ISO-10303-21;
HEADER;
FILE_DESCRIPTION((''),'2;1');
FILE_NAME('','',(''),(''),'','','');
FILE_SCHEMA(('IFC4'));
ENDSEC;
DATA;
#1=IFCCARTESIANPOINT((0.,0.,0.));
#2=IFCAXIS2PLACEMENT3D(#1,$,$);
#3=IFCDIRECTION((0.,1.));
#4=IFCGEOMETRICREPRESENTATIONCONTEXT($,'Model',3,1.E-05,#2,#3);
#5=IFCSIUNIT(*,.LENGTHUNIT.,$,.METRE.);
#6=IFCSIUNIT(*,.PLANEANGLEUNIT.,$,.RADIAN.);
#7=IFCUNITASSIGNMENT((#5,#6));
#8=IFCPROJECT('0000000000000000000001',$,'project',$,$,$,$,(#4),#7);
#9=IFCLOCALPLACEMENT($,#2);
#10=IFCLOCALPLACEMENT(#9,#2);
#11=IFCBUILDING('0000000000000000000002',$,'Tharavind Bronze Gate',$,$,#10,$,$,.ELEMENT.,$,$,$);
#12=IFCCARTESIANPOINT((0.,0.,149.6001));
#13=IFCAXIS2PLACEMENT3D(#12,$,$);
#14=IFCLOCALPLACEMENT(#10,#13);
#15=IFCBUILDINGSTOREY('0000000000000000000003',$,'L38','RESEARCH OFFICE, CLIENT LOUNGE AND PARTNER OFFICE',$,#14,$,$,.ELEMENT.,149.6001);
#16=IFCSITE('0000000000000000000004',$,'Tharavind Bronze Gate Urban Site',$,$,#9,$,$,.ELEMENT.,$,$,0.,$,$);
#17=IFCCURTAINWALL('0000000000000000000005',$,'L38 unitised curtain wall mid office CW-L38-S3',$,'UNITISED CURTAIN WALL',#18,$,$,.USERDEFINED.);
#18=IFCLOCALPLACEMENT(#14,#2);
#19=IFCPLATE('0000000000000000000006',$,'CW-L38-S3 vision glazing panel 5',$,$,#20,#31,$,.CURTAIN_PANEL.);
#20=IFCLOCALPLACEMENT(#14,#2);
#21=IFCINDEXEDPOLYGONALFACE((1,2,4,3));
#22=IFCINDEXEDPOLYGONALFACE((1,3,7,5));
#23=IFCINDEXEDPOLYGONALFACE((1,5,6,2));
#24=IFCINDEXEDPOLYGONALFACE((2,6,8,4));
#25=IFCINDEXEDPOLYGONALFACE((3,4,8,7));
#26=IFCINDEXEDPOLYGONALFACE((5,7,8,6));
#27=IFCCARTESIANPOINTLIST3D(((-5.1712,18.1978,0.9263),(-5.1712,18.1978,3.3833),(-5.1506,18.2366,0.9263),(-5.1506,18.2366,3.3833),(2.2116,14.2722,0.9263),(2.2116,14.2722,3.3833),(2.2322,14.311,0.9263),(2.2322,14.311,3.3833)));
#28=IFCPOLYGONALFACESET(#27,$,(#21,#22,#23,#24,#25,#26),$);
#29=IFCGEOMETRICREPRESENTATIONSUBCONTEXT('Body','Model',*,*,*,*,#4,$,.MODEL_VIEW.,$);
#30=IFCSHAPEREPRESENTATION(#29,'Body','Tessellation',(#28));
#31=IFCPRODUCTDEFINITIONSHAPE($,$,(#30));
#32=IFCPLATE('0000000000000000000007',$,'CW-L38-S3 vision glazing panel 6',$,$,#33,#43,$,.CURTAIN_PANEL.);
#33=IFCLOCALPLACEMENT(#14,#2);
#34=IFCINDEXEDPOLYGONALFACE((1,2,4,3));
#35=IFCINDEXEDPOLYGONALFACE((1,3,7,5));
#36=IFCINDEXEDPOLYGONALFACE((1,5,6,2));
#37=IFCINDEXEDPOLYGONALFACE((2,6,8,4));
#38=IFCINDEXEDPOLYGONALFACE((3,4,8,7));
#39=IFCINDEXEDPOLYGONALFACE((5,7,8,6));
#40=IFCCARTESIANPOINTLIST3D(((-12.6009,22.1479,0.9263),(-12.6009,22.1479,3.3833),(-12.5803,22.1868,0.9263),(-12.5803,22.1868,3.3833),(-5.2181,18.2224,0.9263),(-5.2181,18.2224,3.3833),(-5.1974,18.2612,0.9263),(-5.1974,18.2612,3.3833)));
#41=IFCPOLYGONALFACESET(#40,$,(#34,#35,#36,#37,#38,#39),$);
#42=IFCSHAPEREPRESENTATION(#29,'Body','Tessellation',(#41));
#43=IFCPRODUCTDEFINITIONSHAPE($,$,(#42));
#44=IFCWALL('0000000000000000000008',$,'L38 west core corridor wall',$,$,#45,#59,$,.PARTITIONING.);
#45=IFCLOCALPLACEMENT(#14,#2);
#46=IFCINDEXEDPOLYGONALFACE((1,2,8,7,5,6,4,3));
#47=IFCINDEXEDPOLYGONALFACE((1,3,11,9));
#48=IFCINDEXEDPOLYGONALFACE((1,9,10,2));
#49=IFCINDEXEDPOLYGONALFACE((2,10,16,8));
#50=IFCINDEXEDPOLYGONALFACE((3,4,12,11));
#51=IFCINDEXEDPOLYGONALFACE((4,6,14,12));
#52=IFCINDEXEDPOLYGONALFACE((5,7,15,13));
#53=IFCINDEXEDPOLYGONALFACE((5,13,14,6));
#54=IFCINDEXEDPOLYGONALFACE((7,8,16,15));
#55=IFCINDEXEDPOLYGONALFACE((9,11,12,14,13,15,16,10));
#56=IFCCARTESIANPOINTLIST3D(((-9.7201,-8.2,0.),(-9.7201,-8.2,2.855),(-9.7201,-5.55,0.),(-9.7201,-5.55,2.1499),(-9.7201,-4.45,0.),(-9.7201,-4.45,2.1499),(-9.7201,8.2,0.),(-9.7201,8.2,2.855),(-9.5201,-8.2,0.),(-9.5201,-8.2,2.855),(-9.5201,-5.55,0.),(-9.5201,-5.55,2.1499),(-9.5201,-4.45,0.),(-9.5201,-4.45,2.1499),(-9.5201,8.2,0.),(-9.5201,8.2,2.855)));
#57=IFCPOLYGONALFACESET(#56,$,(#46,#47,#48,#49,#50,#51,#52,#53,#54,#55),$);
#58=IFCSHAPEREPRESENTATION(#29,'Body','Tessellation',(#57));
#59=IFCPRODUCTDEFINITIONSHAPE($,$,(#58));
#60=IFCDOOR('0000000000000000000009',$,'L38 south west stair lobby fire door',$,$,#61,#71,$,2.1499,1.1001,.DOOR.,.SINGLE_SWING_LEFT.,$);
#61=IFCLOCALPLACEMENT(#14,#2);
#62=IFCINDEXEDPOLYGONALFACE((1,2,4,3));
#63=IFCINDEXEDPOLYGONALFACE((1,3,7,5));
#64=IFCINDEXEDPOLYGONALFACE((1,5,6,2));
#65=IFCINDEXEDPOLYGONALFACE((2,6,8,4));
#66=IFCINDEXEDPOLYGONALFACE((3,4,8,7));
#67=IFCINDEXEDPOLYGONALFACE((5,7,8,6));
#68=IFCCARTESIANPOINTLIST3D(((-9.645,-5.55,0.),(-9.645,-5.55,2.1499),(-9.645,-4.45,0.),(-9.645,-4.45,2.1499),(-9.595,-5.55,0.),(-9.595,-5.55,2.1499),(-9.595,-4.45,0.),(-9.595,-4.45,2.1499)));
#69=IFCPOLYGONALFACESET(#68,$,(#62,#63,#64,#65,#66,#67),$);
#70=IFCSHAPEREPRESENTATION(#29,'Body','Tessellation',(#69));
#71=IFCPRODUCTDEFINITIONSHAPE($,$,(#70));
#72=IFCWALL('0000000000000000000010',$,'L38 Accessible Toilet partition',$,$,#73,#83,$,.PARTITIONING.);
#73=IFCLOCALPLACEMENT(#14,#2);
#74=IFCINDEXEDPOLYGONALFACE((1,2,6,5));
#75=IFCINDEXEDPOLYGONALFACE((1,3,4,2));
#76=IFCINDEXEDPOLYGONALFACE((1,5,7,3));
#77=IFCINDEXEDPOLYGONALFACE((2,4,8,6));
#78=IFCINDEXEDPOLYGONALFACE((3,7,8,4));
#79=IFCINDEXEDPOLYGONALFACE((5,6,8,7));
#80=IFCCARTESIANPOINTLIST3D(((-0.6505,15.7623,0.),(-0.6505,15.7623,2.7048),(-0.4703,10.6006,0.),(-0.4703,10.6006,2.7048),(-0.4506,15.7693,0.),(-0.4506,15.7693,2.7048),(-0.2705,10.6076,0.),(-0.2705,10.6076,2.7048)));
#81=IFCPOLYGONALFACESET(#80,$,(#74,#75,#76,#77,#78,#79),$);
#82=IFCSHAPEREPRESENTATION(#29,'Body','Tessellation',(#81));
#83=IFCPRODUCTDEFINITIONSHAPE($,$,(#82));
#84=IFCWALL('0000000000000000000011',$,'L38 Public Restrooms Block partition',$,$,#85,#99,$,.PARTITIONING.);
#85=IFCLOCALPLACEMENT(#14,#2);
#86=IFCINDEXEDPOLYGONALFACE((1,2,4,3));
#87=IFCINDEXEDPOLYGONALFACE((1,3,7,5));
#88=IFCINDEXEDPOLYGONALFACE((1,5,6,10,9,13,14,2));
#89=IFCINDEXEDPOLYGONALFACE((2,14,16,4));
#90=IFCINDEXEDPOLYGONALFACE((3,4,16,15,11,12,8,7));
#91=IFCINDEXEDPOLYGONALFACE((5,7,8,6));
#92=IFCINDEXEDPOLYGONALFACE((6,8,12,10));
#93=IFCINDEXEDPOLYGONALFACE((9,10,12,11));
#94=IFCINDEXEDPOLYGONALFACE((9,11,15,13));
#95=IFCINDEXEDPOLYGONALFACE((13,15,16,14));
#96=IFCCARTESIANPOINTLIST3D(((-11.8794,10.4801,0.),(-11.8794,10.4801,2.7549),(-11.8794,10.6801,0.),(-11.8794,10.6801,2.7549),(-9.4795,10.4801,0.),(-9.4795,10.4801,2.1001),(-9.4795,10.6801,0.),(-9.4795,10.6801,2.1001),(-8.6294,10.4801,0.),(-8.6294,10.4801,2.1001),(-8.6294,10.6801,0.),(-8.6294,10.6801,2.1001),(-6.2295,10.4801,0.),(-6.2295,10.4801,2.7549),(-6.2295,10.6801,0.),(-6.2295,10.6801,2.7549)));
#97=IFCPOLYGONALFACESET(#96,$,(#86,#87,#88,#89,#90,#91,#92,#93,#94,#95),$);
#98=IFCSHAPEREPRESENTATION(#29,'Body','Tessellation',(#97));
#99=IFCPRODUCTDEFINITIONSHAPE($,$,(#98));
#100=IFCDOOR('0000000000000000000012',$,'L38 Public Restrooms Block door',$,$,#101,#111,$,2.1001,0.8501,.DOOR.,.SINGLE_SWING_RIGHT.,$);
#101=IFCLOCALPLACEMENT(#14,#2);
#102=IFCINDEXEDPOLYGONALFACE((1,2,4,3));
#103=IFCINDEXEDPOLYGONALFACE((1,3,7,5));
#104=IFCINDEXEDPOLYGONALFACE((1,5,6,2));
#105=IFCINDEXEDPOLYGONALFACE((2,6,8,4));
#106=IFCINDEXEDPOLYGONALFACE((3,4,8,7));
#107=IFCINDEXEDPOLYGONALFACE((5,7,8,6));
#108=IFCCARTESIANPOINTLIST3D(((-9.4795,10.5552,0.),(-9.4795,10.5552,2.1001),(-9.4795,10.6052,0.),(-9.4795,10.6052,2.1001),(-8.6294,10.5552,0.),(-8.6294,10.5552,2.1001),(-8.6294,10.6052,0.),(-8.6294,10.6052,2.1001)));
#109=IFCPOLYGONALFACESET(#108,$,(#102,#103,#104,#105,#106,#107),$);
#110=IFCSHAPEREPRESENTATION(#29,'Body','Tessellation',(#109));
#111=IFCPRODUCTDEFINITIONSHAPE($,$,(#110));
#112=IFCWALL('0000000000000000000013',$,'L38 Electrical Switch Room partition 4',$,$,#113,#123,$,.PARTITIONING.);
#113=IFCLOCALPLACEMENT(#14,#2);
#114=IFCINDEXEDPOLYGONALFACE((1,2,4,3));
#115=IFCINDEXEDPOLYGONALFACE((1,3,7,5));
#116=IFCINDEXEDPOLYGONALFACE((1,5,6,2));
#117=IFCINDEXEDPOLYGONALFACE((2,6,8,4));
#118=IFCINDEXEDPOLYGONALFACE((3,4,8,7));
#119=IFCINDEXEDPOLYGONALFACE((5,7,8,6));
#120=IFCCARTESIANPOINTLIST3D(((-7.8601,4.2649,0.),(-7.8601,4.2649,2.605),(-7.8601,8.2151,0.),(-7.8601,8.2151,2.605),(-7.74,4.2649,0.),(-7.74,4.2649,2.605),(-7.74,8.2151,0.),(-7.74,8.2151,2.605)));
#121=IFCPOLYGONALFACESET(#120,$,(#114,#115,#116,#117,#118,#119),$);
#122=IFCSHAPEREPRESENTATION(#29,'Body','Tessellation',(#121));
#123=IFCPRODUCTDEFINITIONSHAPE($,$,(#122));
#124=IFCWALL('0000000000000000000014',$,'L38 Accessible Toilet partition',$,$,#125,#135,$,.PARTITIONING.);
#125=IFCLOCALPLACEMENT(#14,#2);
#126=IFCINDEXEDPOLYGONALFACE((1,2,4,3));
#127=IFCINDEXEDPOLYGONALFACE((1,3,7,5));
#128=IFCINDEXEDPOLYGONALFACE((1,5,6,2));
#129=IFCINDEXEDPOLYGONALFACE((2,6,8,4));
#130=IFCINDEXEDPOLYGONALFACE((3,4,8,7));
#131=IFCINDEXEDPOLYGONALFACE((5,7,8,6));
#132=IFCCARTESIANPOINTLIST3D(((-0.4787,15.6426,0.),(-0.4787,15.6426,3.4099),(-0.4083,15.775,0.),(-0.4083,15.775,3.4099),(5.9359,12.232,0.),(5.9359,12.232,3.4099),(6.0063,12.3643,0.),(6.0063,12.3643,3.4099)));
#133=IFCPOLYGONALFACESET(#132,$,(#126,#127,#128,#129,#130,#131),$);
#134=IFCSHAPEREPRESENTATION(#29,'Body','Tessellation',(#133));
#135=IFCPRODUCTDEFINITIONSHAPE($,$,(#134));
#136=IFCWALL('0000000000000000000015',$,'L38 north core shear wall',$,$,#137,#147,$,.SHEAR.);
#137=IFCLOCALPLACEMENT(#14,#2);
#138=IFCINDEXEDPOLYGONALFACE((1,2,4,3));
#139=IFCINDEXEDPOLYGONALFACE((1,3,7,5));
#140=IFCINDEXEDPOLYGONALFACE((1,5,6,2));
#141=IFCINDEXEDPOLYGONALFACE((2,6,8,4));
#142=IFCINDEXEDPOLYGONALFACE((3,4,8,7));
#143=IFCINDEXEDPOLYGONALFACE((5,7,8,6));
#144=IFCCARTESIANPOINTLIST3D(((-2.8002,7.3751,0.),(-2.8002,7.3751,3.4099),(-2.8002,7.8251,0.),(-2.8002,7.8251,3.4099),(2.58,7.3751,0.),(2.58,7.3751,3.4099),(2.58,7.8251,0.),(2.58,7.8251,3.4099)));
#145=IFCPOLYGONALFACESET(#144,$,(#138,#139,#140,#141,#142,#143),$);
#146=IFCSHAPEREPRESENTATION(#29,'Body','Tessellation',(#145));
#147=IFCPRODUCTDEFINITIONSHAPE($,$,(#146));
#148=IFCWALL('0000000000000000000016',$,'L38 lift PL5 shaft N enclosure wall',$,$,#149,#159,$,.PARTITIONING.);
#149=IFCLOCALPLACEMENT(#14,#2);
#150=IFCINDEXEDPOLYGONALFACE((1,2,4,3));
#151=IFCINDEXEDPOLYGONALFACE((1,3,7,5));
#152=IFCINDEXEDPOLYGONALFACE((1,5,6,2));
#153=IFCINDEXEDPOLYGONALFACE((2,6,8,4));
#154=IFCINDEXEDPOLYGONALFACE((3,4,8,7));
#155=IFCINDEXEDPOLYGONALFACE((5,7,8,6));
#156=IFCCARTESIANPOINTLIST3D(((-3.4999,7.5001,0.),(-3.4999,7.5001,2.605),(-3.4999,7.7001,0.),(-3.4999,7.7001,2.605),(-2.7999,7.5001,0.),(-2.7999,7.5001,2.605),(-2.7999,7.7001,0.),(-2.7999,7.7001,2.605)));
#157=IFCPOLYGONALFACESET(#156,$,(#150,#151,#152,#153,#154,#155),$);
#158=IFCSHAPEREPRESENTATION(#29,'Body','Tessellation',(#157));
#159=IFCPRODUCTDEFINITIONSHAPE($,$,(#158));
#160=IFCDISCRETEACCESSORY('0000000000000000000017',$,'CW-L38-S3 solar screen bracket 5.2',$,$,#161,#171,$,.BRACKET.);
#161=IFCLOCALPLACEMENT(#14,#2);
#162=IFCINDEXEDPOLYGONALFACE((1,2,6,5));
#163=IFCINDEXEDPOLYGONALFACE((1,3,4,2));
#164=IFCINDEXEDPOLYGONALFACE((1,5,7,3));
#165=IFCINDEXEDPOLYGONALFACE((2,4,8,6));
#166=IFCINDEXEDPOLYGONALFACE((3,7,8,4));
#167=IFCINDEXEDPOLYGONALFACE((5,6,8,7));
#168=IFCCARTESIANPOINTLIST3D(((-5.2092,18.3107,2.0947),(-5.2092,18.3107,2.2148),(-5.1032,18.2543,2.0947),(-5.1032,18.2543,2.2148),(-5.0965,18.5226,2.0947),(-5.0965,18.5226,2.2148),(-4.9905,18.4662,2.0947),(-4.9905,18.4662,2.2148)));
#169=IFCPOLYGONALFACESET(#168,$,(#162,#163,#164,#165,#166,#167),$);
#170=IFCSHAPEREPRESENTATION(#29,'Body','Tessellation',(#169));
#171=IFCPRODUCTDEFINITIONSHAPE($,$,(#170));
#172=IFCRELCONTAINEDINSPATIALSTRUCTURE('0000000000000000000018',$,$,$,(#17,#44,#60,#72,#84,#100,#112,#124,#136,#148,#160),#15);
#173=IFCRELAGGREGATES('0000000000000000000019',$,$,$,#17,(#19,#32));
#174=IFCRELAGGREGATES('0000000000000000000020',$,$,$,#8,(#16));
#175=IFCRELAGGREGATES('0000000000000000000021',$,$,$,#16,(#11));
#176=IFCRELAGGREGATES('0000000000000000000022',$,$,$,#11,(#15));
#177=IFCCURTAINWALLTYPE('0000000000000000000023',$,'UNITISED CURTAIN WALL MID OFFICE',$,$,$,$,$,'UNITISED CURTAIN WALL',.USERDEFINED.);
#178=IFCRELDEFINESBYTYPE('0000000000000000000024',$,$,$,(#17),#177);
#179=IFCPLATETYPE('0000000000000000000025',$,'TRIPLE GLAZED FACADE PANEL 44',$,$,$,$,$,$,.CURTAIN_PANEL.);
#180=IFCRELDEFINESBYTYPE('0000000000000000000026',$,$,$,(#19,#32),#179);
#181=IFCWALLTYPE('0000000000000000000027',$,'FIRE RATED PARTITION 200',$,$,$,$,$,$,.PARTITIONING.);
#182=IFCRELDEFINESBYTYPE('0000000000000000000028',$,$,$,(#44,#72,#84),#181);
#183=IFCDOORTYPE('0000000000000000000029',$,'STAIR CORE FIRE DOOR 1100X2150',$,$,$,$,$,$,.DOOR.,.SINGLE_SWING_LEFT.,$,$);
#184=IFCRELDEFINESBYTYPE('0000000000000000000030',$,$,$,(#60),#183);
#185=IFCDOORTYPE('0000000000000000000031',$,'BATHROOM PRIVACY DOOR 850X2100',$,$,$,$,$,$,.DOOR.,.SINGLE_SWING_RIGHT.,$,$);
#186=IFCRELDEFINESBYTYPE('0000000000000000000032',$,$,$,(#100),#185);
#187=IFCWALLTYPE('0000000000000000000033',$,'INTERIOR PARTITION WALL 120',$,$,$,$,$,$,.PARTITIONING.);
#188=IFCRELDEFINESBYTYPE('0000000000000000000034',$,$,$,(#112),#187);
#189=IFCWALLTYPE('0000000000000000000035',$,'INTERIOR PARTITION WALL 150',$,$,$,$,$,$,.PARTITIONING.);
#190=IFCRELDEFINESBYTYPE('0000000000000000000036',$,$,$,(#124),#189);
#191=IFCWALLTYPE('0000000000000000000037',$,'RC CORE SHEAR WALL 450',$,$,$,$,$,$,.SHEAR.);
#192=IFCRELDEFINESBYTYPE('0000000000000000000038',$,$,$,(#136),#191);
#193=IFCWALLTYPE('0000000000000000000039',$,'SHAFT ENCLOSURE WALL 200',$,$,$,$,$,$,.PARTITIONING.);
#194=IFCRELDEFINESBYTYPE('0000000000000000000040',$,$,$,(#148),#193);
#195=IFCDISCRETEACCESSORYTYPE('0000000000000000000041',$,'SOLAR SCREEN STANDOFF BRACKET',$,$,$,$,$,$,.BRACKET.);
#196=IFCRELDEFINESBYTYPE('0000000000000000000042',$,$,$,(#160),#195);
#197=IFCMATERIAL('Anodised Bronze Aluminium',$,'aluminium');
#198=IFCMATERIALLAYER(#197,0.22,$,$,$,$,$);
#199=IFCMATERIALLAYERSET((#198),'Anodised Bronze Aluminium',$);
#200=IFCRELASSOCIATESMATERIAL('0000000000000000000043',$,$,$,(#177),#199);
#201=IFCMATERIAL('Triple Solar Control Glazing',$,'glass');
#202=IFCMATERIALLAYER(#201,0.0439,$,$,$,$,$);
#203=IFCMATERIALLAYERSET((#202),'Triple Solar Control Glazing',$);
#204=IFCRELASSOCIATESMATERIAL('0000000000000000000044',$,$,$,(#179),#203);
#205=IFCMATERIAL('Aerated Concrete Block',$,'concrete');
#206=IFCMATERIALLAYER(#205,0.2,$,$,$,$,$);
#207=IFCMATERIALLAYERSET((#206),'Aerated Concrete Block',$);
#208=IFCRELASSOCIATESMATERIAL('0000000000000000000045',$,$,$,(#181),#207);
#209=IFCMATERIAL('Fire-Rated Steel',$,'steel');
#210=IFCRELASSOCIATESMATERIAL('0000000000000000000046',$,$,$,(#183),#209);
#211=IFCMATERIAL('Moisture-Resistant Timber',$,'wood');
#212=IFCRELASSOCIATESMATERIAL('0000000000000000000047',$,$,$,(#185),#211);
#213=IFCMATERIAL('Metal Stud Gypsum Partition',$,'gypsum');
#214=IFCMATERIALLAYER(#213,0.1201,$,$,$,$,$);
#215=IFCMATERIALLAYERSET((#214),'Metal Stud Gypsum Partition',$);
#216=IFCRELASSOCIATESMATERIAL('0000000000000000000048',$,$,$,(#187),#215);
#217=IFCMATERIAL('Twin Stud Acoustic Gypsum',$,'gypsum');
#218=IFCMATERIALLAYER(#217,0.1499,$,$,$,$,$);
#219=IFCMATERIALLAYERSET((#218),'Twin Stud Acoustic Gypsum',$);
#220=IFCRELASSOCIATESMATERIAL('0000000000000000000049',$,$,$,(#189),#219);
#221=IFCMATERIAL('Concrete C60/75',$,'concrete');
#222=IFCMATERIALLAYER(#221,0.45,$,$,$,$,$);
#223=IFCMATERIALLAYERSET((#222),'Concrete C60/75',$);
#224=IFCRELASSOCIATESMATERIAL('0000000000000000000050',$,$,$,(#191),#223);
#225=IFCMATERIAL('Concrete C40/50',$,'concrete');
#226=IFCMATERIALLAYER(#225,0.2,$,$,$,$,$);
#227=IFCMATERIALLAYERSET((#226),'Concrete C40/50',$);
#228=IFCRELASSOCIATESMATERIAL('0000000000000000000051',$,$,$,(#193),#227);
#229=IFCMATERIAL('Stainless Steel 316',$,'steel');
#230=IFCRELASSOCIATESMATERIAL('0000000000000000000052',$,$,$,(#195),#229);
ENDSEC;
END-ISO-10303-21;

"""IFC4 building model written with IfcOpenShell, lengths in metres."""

from ifc_helpers import new_model, si_unit, direction, frame, frame_2d, origin, origin_2d, place, context, subcontext, project, spatial, rectangle, extrude, material, layer, layer_set, type_object, element, fill, aggregate, save


model = new_model("IFC4")

# Units and contexts
model_context = context("Model", 3, precision=1e-05, world=origin(), true_north=direction((0.0, 1.0)))
body_context = subcontext(model_context, "Body", "Model", "MODEL_VIEW")
ifc_project = project(units=[si_unit("LENGTHUNIT", "METRE"), si_unit("PLANEANGLEUNIT", "RADIAN")], contexts=[model_context])

# Site, building, storey
site_placement = place(None, origin())
site = spatial("IfcSite", under=ifc_project, at=site_placement, Name="Tharavind Bronze Gate Urban Site", CompositionType="ELEMENT", RefElevation=0.0)
building_placement = place(site_placement, origin())
building = spatial("IfcBuilding", under=site, at=building_placement, Name="Tharavind Bronze Gate", CompositionType="ELEMENT")
storey_placement = place(building_placement, frame((0.0, 0.0, 149.6001)))
storey = spatial("IfcBuildingStorey", under=building, at=storey_placement, Name="L38", Description="RESEARCH OFFICE, CLIENT LOUNGE AND PARTNER OFFICE", CompositionType="ELEMENT", Elevation=149.6001)

# Curtain wall
ifc_material_1 = material(Name="Anodised Bronze Aluminium", Category="aluminium")
ifc_layer_1 = layer(ifc_material_1, 0.22)
ifc_layer_set_1 = layer_set([ifc_layer_1], Name="Anodised Bronze Aluminium")
curtain_wall_type = type_object("IfcCurtainWallType", Name="UNITISED CURTAIN WALL MID OFFICE", ElementType="UNITISED CURTAIN WALL", PredefinedType="USERDEFINED", material=ifc_layer_set_1)
curtain_wall_placement = place(storey_placement, origin())
curtain_wall = element("IfcCurtainWall", 1, at=curtain_wall_placement, inside=storey, type_object=curtain_wall_type, Name="L38 unitised curtain wall mid office CW-L38-S3", ObjectType="UNITISED CURTAIN WALL", PredefinedType="USERDEFINED")

# Plates
ifc_material_2 = material(Name="Triple Solar Control Glazing", Category="glass")
ifc_layer_2 = layer(ifc_material_2, 0.0439)
ifc_layer_set_2 = layer_set([ifc_layer_2], Name="Triple Solar Control Glazing")
plate_type_1 = type_object("IfcPlateType", Name="TRIPLE GLAZED FACADE PANEL 44", PredefinedType="CURTAIN_PANEL", material=ifc_layer_set_2)
plate_1_placement = place(storey_placement, frame((-1.4695, 16.2544, 0.9263), z_axis=(0.0, 0.0, 1.0), x_axis=(-0.882948, 0.469472, 0.0)))
plate_1 = element("IfcPlate", 2, at=plate_1_placement, type_object=plate_type_1, Name="CW-L38-S3 vision glazing panel 5", PredefinedType="CURTAIN_PANEL", context=body_context, shape_type="SweptSolid", body=[
    extrude(rectangle(XDim=8.3616, YDim=0.0439, at=origin_2d()), origin(), (0.0, 0.0, 1.0), 2.457),
])
plate_2_placement = place(storey_placement, frame((-8.8992, 20.2046, 0.9263), z_axis=(0.0, 0.0, 1.0), x_axis=(-0.882948, 0.469472, 0.0)))
plate_2 = element("IfcPlate", 3, at=plate_2_placement, type_object=plate_type_1, Name="CW-L38-S3 vision glazing panel 6", PredefinedType="CURTAIN_PANEL", context=body_context, shape_type="SweptSolid", body=[
    extrude(rectangle(XDim=8.3616, YDim=0.0439, at=origin_2d()), origin(), (0.0, 0.0, 1.0), 2.457),
])
aggregate(curtain_wall, [plate_1, plate_2])

# Wall, opening, door
ifc_material_3 = material(Name="Aerated Concrete Block", Category="concrete")
ifc_layer_3 = layer(ifc_material_3, 0.2)
ifc_layer_set_3 = layer_set([ifc_layer_3], Name="Aerated Concrete Block")
wall_type_1 = type_object("IfcWallType", Name="FIRE RATED PARTITION 200", PredefinedType="PARTITIONING", material=ifc_layer_set_3)
wall_1_placement = place(storey_placement, frame((-9.6201, 8.2, 0.0), z_axis=(0.0, 0.0, 1.0), x_axis=(0.0, -1.0, 0.0)))
wall_1 = element("IfcWall", 4, at=wall_1_placement, inside=storey, type_object=wall_type_1, Name="L38 west core corridor wall", PredefinedType="PARTITIONING", context=body_context, shape_type="SweptSolid", body=[
    extrude(rectangle(XDim=16.3999, YDim=0.2, at=frame_2d((8.2, 0.0))), origin(), (0.0, 0.0, 1.0), 2.855),
])
opening_1_placement = place(wall_1_placement, frame((12.6499, 0.0, 0.0)))
opening_1 = element("IfcOpeningElement", 5, at=opening_1_placement, cuts=wall_1, PredefinedType="OPENING", context=body_context, shape_type="SweptSolid", body=[
    extrude(rectangle(XDim=1.1001, YDim=2.1499, at=frame_2d((0.55, 1.075))), frame((0.0, 0.1101, 0.0), z_axis=(0.0, -1.0, 0.0), x_axis=(1.0, 0.0, 0.0)), (0.0, 0.0, 1.0), 0.22),
])
ifc_material_4 = material(Name="Fire-Rated Steel", Category="steel")
door_type_1 = type_object("IfcDoorType", Name="STAIR CORE FIRE DOOR 1100X2150", OperationType="SINGLE_SWING_LEFT", PredefinedType="DOOR", material=ifc_material_4)
door_1_placement = place(opening_1_placement, frame((1.1001, 0.0, 0.0), z_axis=(0.0, 0.0, 1.0), x_axis=(-1.0, 0.0, 0.0)))
door_1 = element("IfcDoor", 6, at=door_1_placement, inside=storey, type_object=door_type_1, Name="L38 south west stair lobby fire door", OperationType="SINGLE_SWING_LEFT", OverallHeight=2.1499, OverallWidth=1.1001, PredefinedType="DOOR", context=body_context, shape_type="SweptSolid", body=[
    extrude(rectangle(XDim=1.1001, YDim=2.1499, at=frame_2d((0.55, 1.075))), frame((0.0, 0.0249, 0.0), z_axis=(0.0, -1.0, 0.0), x_axis=(1.0, 0.0, 0.0)), (0.0, 0.0, 1.0), 0.05),
])
fill(opening_1, door_1)

# Wall
wall_2_placement = place(storey_placement, frame((-0.3704, 10.604, 0.0), z_axis=(0.0, 0.0, 1.0), x_axis=(-0.034886, 0.999391, 0.0)))
element("IfcWall", 7, at=wall_2_placement, inside=storey, type_object=wall_type_1, Name="L38 Accessible Toilet partition", PredefinedType="PARTITIONING", context=body_context, shape_type="SweptSolid", body=[
    extrude(rectangle(XDim=5.1648, YDim=0.2, at=frame_2d((2.5825, 0.0))), origin(), (0.0, 0.0, 1.0), 2.7048),
])

# Wall, opening, door
wall_3_placement = place(storey_placement, frame((-6.2295, 10.5801, 0.0), z_axis=(0.0, 0.0, 1.0), x_axis=(-1.0, 0.0, 0.0)))
wall_3 = element("IfcWall", 8, at=wall_3_placement, inside=storey, type_object=wall_type_1, Name="L38 Public Restrooms Block partition", PredefinedType="PARTITIONING", context=body_context, shape_type="SweptSolid", body=[
    extrude(rectangle(XDim=5.6499, YDim=0.2, at=frame_2d((2.825, 0.0))), origin(), (0.0, 0.0, 1.0), 2.7549),
])
opening_2_placement = place(wall_3_placement, frame((2.3999, 0.0, 0.0)))
opening_2 = element("IfcOpeningElement", 9, at=opening_2_placement, cuts=wall_3, PredefinedType="OPENING", context=body_context, shape_type="SweptSolid", body=[
    extrude(rectangle(XDim=0.8501, YDim=2.1001, at=frame_2d((0.425, 1.05))), frame((0.0, 0.1101, 0.0), z_axis=(0.0, -1.0, 0.0), x_axis=(1.0, 0.0, 0.0)), (0.0, 0.0, 1.0), 0.22),
])
ifc_material_5 = material(Name="Moisture-Resistant Timber", Category="wood")
door_type_2 = type_object("IfcDoorType", Name="BATHROOM PRIVACY DOOR 850X2100", OperationType="SINGLE_SWING_RIGHT", PredefinedType="DOOR", material=ifc_material_5)
door_2_placement = place(opening_2_placement, origin())
door_2 = element("IfcDoor", 10, at=door_2_placement, inside=storey, type_object=door_type_2, Name="L38 Public Restrooms Block door", OperationType="SINGLE_SWING_RIGHT", OverallHeight=2.1001, OverallWidth=0.8501, PredefinedType="DOOR", context=body_context, shape_type="SweptSolid", body=[
    extrude(rectangle(XDim=0.8501, YDim=2.1001, at=frame_2d((0.425, 1.05))), frame((0.0, 0.0249, 0.0), z_axis=(0.0, -1.0, 0.0), x_axis=(1.0, 0.0, 0.0)), (0.0, 0.0, 1.0), 0.05),
])
fill(opening_2, door_2)

# Walls
ifc_material_6 = material(Name="Metal Stud Gypsum Partition", Category="gypsum")
ifc_layer_4 = layer(ifc_material_6, 0.1201)
ifc_layer_set_4 = layer_set([ifc_layer_4], Name="Metal Stud Gypsum Partition")
wall_type_2 = type_object("IfcWallType", Name="INTERIOR PARTITION WALL 120", PredefinedType="PARTITIONING", material=ifc_layer_set_4)
wall_4_placement = place(storey_placement, frame((-7.8, 8.2151, 0.0), z_axis=(0.0, 0.0, 1.0), x_axis=(0.0, -1.0, 0.0)))
element("IfcWall", 11, at=wall_4_placement, inside=storey, type_object=wall_type_2, Name="L38 Electrical Switch Room partition 4", PredefinedType="PARTITIONING", context=body_context, shape_type="SweptSolid", body=[
    extrude(rectangle(XDim=3.9502, YDim=0.1201, at=frame_2d((1.9751, 0.0))), origin(), (0.0, 0.0, 1.0), 2.605),
])
ifc_material_7 = material(Name="Twin Stud Acoustic Gypsum", Category="gypsum")
ifc_layer_5 = layer(ifc_material_7, 0.1499)
ifc_layer_set_5 = layer_set([ifc_layer_5], Name="Twin Stud Acoustic Gypsum")
wall_type_3 = type_object("IfcWallType", Name="INTERIOR PARTITION WALL 150", PredefinedType="PARTITIONING", material=ifc_layer_set_5)
wall_5_placement = place(storey_placement, frame((-0.4434, 15.7087, 0.0), z_axis=(0.0, 0.0, 1.0), x_axis=(0.882949, -0.469468, 0.0)))
element("IfcWall", 12, at=wall_5_placement, inside=storey, type_object=wall_type_3, Name="L38 Accessible Toilet partition", PredefinedType="PARTITIONING", context=body_context, shape_type="SweptSolid", body=[
    extrude(rectangle(XDim=7.2649, YDim=0.1499, at=frame_2d((3.6323, 0.0))), origin(), (0.0, 0.0, 1.0), 3.4099),
])
ifc_material_8 = material(Name="Concrete C60/75", Category="concrete")
ifc_layer_6 = layer(ifc_material_8, 0.45)
ifc_layer_set_6 = layer_set([ifc_layer_6], Name="Concrete C60/75")
wall_type_4 = type_object("IfcWallType", Name="RC CORE SHEAR WALL 450", PredefinedType="SHEAR", material=ifc_layer_set_6)
wall_6_placement = place(storey_placement, frame((-2.8, 7.6001, 0.0), z_axis=(0.0, 0.0, 1.0), x_axis=(1.0, 0.0, 0.0)))
element("IfcWall", 13, at=wall_6_placement, inside=storey, type_object=wall_type_4, Name="L38 north core shear wall", PredefinedType="SHEAR", context=body_context, shape_type="SweptSolid", body=[
    extrude(rectangle(XDim=5.3801, YDim=0.45, at=frame_2d((2.6899, 0.0))), origin(), (0.0, 0.0, 1.0), 3.4099),
])
ifc_material_9 = material(Name="Concrete C40/50", Category="concrete")
ifc_layer_7 = layer(ifc_material_9, 0.2)
ifc_layer_set_7 = layer_set([ifc_layer_7], Name="Concrete C40/50")
wall_type_5 = type_object("IfcWallType", Name="SHAFT ENCLOSURE WALL 200", PredefinedType="PARTITIONING", material=ifc_layer_set_7)
wall_7_placement = place(storey_placement, frame((-3.5, 7.6001, 0.0), z_axis=(0.0, 0.0, 1.0), x_axis=(1.0, 0.0, 0.0)))
element("IfcWall", 14, at=wall_7_placement, inside=storey, type_object=wall_type_5, Name="L38 lift PL5 shaft N enclosure wall", PredefinedType="PARTITIONING", context=body_context, shape_type="SweptSolid", body=[
    extrude(rectangle(XDim=0.7, YDim=0.2, at=frame_2d((0.3501, 0.0))), origin(), (0.0, 0.0, 1.0), 2.605),
])

# Discrete accessory
ifc_material_10 = material(Name="Stainless Steel 316", Category="steel")
discrete_accessory_type = type_object("IfcDiscreteAccessoryType", Name="SOLAR SCREEN STANDOFF BRACKET", PredefinedType="BRACKET", material=ifc_material_10)
discrete_accessory_placement = place(storey_placement, frame((-5.0999, 18.3884, 2.0947), z_axis=(0.0, 0.0, 1.0), x_axis=(-0.882948, 0.469472, 0.0)))
element("IfcDiscreteAccessory", 15, at=discrete_accessory_placement, inside=storey, type_object=discrete_accessory_type, Name="CW-L38-S3 solar screen bracket 5.2", PredefinedType="BRACKET", context=body_context, shape_type="SweptSolid", body=[
    extrude(rectangle(XDim=0.1201, YDim=0.24, at=origin_2d()), origin(), (0.0, 0.0, 1.0), 0.1201),
])

save(model, "model.ifc")
